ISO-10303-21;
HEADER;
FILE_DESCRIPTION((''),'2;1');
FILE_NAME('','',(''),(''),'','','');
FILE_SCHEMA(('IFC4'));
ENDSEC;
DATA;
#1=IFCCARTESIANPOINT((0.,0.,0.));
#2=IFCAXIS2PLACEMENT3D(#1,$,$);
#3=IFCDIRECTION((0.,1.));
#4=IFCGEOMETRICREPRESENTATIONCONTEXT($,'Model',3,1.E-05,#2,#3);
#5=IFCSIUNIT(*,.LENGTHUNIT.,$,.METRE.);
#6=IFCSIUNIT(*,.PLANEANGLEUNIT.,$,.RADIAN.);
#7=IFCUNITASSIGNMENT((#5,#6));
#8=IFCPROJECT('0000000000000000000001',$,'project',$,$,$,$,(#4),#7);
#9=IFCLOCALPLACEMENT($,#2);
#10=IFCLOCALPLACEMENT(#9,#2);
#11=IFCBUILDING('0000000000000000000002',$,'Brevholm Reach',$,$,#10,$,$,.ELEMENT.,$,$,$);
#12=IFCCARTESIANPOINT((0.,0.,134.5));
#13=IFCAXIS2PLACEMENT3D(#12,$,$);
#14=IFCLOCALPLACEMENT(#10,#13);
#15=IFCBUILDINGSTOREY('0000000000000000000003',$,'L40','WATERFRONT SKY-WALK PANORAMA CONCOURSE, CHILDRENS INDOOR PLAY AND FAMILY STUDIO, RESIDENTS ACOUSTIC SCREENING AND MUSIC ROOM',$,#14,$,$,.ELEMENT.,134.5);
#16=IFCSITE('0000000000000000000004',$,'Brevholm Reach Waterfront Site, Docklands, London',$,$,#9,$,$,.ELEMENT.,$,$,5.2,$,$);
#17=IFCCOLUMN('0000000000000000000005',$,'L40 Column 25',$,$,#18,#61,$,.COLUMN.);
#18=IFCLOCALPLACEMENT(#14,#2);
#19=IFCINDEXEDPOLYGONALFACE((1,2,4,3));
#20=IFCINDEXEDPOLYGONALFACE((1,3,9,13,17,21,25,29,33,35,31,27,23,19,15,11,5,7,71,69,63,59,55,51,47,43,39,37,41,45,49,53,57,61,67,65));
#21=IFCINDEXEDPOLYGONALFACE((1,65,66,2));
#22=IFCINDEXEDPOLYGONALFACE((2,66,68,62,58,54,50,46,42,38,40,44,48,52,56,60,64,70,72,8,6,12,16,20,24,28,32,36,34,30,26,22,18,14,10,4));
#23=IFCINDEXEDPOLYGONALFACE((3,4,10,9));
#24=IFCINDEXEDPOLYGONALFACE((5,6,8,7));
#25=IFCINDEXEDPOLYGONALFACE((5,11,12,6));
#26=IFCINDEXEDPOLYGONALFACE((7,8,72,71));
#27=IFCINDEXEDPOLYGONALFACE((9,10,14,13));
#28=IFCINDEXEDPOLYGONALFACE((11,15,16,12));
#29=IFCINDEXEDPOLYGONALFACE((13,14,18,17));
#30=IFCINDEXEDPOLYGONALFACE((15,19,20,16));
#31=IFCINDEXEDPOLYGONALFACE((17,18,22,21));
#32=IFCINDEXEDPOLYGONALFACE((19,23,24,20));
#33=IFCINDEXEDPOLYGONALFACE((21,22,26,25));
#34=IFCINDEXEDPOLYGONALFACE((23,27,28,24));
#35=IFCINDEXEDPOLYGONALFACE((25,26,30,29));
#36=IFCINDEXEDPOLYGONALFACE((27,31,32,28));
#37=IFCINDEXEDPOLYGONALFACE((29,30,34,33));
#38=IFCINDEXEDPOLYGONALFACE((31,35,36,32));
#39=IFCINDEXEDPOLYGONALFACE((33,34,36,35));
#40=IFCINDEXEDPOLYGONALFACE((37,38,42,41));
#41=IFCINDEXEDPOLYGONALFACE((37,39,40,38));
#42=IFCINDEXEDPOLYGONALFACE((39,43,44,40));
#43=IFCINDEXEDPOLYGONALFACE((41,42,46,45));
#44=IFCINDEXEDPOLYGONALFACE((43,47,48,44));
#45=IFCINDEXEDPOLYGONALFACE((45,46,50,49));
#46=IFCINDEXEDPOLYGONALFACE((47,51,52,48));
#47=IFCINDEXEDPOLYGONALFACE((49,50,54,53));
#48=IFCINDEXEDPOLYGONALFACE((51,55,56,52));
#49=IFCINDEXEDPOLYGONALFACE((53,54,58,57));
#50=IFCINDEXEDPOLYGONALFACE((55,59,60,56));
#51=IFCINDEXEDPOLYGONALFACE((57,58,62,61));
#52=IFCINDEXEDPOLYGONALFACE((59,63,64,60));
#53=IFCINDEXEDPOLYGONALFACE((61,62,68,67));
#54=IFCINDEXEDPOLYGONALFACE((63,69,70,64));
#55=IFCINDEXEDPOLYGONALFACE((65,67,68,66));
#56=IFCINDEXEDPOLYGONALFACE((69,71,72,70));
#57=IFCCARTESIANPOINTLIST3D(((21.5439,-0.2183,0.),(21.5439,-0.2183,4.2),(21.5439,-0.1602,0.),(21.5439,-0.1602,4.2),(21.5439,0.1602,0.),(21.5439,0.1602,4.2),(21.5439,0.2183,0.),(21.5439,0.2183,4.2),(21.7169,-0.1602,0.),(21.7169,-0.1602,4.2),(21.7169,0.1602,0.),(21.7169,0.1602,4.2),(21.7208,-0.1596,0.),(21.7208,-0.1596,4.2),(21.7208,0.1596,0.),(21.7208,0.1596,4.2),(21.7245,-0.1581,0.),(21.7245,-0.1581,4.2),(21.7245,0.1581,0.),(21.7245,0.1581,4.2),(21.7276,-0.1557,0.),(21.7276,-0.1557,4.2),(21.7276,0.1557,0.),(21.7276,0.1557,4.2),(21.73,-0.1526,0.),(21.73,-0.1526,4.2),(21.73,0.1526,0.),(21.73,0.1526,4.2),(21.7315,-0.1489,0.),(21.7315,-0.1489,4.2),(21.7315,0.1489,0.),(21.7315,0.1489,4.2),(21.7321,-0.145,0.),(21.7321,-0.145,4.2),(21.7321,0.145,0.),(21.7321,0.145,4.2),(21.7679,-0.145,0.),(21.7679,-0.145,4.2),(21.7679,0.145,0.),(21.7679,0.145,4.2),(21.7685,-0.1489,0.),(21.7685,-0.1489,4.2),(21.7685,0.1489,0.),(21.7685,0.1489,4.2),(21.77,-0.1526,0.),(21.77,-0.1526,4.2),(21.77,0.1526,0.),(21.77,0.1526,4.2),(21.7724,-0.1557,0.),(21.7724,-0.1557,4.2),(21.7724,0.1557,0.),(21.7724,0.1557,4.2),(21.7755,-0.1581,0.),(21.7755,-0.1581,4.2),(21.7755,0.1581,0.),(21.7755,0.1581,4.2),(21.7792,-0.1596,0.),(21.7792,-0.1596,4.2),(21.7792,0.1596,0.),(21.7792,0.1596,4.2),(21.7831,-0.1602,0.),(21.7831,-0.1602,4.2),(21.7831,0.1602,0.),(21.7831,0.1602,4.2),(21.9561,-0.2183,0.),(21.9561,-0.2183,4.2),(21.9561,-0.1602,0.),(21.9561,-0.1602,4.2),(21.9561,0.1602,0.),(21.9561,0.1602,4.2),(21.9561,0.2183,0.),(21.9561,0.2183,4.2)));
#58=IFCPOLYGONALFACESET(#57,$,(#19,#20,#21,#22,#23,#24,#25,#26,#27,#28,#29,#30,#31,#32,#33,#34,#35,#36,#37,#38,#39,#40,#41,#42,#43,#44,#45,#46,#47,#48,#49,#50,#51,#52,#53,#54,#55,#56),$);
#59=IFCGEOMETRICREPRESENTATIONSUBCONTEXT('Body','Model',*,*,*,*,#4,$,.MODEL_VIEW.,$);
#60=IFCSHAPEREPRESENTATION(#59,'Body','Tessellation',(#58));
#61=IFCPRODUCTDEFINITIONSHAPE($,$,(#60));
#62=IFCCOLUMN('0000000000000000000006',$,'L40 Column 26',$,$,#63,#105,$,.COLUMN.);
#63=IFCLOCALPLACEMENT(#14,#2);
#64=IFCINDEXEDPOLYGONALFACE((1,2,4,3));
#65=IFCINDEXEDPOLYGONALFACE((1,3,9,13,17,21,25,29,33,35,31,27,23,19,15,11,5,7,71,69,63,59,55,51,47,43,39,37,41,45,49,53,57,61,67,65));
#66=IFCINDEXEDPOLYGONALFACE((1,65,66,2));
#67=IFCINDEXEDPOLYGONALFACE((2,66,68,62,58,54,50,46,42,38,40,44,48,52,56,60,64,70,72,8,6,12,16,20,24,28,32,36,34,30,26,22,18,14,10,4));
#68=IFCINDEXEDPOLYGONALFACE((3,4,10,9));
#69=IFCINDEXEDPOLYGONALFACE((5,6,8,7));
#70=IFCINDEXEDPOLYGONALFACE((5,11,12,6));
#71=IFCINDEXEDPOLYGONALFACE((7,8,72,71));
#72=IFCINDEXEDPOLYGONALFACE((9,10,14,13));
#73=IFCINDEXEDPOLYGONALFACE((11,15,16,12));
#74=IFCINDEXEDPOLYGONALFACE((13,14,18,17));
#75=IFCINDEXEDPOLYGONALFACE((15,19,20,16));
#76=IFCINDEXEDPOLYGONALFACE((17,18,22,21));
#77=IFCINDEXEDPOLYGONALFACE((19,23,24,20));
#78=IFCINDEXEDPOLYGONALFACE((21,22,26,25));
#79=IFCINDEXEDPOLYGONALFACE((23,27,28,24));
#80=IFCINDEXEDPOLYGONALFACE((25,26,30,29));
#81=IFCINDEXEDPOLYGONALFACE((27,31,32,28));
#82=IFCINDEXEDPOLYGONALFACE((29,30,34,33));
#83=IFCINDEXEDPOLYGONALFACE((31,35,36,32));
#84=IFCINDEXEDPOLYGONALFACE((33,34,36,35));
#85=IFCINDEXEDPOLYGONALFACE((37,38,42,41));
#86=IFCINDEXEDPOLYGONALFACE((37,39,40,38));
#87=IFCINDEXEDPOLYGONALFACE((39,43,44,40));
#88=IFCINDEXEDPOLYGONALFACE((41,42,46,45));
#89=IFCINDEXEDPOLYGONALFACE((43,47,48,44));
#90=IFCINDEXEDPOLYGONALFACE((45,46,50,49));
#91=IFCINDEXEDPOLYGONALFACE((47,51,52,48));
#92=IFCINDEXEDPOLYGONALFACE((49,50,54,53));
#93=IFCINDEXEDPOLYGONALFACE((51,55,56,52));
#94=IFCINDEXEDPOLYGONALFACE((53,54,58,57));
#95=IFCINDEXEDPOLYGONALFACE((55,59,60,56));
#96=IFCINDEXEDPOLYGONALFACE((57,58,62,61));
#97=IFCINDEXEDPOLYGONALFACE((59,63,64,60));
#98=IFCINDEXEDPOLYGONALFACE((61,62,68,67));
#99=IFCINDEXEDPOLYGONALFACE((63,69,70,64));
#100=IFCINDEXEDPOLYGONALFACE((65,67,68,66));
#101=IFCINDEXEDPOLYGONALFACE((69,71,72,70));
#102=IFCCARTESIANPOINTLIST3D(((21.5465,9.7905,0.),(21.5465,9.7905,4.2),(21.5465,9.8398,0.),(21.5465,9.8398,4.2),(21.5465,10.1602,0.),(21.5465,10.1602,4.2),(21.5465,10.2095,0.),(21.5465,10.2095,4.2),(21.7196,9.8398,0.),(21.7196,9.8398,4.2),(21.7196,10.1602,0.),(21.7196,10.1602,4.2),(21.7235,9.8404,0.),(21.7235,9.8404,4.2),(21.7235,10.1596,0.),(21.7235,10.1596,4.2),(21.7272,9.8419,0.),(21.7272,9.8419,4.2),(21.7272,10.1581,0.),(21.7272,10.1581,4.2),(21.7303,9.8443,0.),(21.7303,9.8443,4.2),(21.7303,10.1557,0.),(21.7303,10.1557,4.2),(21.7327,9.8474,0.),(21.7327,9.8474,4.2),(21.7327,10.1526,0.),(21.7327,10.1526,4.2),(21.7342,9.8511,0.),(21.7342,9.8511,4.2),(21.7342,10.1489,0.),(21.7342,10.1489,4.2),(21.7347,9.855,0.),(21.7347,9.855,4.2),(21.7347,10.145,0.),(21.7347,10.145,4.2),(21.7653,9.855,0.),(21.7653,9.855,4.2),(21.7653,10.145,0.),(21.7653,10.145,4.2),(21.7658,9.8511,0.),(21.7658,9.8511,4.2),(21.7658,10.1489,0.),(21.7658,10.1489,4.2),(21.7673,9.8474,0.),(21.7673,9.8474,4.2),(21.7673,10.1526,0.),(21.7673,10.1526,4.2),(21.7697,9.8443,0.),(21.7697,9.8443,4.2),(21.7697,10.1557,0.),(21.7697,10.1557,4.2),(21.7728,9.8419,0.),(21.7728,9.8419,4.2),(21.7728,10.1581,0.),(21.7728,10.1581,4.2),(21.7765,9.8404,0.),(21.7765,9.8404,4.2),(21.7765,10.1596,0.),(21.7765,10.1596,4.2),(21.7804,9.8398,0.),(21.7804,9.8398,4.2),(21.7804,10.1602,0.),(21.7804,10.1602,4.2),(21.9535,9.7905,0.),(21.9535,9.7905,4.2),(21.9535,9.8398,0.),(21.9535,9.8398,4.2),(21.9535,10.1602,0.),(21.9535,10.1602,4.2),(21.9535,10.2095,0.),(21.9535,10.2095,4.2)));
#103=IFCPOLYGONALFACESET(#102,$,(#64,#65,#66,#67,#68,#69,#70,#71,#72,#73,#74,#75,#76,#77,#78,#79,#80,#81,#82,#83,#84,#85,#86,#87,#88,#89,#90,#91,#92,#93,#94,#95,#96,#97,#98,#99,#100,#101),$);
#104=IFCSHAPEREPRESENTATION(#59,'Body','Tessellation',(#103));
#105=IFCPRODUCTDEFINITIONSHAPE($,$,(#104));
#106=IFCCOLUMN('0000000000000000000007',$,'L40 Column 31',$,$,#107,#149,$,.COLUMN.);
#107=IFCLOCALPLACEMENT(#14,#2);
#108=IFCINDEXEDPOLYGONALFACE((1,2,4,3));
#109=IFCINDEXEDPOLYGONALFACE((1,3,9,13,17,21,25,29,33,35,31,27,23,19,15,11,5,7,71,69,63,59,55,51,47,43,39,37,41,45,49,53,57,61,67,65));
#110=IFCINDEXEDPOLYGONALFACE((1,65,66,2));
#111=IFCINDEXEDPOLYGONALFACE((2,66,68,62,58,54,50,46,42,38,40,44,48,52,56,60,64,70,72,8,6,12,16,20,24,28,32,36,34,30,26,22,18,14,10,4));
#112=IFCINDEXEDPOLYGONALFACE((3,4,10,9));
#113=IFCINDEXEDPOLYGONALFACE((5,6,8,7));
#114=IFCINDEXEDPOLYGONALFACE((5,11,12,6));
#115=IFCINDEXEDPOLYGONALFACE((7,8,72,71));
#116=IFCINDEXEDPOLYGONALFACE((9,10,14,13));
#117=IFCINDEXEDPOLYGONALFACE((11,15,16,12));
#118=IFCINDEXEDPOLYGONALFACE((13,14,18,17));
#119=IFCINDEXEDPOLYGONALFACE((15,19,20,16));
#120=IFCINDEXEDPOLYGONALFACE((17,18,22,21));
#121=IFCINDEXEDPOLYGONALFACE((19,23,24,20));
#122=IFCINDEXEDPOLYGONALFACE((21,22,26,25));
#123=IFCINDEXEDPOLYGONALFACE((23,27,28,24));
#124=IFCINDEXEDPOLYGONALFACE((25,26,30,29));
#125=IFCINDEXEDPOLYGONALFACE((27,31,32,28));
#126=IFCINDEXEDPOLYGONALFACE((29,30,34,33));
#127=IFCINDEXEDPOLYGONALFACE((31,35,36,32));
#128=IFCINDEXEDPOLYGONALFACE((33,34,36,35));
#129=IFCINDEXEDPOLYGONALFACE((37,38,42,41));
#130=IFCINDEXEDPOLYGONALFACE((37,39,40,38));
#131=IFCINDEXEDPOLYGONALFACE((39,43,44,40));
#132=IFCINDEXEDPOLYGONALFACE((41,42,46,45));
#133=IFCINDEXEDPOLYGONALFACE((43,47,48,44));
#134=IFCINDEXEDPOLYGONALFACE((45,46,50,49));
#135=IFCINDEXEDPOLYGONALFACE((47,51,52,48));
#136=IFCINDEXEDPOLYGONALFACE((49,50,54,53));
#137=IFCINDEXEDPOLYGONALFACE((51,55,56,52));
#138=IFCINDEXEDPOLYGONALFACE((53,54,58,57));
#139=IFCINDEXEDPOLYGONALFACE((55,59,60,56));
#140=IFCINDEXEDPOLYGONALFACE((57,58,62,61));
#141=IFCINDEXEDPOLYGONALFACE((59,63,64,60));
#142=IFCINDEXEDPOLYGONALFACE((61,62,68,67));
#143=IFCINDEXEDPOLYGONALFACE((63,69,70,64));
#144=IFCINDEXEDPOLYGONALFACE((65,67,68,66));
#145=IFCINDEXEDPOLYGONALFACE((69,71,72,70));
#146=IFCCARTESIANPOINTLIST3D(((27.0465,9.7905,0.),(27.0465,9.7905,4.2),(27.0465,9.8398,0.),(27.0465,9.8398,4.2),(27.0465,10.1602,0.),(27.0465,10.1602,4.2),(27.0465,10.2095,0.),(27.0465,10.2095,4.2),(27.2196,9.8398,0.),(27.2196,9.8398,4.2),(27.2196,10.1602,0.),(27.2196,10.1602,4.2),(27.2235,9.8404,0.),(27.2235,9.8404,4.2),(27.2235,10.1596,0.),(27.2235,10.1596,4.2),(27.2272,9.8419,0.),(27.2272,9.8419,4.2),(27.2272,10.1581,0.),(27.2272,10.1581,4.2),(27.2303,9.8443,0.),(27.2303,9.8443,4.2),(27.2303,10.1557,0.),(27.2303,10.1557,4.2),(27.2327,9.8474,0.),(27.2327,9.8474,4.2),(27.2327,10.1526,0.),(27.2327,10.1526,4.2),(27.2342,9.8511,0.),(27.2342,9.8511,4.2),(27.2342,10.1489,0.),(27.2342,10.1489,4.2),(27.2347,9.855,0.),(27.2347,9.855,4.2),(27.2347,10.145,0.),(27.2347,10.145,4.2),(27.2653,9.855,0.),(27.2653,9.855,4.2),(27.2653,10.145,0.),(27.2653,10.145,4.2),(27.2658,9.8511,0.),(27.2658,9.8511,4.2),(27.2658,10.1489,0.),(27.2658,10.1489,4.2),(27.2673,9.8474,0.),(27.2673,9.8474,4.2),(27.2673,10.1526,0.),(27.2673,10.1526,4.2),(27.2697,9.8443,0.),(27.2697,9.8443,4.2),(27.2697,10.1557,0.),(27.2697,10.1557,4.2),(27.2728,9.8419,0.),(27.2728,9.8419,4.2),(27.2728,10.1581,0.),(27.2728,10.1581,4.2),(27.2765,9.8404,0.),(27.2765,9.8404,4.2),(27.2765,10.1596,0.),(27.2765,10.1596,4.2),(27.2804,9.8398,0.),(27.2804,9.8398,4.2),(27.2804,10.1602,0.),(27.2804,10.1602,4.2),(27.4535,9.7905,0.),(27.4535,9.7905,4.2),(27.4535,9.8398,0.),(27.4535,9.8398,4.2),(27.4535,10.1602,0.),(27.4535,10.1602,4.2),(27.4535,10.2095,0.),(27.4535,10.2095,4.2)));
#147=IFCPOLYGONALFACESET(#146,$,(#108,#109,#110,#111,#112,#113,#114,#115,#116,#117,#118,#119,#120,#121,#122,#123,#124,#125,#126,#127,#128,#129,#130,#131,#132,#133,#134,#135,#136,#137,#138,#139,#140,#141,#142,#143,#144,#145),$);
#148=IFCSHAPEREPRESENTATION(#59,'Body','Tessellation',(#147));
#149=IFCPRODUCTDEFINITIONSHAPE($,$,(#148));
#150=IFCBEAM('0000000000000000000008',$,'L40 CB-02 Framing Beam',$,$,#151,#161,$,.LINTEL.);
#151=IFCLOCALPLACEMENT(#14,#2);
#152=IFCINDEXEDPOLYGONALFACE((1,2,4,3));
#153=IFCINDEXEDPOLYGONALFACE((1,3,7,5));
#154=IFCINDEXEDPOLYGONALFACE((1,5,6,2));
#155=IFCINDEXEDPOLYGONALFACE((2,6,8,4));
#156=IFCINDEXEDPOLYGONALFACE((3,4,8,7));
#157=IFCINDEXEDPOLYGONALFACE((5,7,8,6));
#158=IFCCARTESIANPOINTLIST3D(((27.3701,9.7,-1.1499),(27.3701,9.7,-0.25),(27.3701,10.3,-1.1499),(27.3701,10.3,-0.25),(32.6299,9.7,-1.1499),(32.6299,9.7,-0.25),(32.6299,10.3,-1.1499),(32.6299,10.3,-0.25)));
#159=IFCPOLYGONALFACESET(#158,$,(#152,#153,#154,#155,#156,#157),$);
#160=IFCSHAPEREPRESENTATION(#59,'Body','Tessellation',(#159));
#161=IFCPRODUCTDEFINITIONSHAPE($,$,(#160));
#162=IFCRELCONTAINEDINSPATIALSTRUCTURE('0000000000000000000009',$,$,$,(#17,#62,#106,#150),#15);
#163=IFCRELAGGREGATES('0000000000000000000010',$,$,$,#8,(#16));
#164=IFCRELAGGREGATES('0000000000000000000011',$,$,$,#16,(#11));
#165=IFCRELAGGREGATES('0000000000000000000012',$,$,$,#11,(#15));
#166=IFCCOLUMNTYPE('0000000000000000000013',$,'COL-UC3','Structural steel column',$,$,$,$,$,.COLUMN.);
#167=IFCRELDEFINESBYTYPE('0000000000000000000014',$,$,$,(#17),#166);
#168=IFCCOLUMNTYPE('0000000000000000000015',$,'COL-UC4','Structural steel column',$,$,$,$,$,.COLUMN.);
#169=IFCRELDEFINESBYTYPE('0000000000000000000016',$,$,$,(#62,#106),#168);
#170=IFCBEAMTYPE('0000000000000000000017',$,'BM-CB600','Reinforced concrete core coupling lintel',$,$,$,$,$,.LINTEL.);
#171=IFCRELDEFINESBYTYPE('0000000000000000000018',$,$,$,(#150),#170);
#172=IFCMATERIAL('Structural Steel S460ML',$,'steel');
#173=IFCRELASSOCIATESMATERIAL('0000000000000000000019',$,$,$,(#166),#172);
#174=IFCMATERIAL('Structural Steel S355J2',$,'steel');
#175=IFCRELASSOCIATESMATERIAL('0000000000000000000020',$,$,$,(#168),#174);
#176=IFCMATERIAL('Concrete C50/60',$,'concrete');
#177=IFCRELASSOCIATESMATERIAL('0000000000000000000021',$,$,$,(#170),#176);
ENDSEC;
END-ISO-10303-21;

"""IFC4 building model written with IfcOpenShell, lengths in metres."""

from ifc_helpers import new_model, si_unit, direction, frame, origin, origin_2d, place, context, subcontext, project, spatial, rectangle, i_section, extrude, material, material_profile, profile_set, type_object, element, save


model = new_model("IFC4")

# Units and contexts
model_context = context("Model", 3, precision=1e-05, world=origin(), true_north=direction((0.0, 1.0)))
body_context = subcontext(model_context, "Body", "Model", "MODEL_VIEW")
ifc_project = project(units=[si_unit("LENGTHUNIT", "METRE"), si_unit("PLANEANGLEUNIT", "RADIAN")], contexts=[model_context])

# Site, building, storey
site_placement = place(None, origin())
site = spatial("IfcSite", under=ifc_project, at=site_placement, Name="Brevholm Reach Waterfront Site, Docklands, London", CompositionType="ELEMENT", RefElevation=5.2)
building_placement = place(site_placement, origin())
building = spatial("IfcBuilding", under=site, at=building_placement, Name="Brevholm Reach", CompositionType="ELEMENT")
storey_placement = place(building_placement, frame((0.0, 0.0, 134.5)))
storey = spatial("IfcBuildingStorey", under=building, at=storey_placement, Name="L40", Description="WATERFRONT SKY-WALK PANORAMA CONCOURSE, CHILDRENS INDOOR PLAY AND FAMILY STUDIO, RESIDENTS ACOUSTIC SCREENING AND MUSIC ROOM", CompositionType="ELEMENT", Elevation=134.5)

# Columns
ifc_material_1 = material(Name="Structural Steel S460ML", Category="steel")
ifc_material_profile_1 = material_profile(ifc_material_1, i_section(OverallWidth=0.4121, OverallDepth=0.4365, WebThickness=0.0359, FlangeThickness=0.0581, FilletRadius=0.0151, at=origin_2d()), Name="UKC 356x406x467")
ifc_profile_set_1 = profile_set([ifc_material_profile_1], Name="Structural Steel S460ML")
column_type_1 = type_object("IfcColumnType", Name="COL-UC3", Description="Structural steel column", PredefinedType="COLUMN", material=ifc_profile_set_1)
column_placement = place(storey_placement, frame((21.75, 0.0, 0.0), z_axis=(0.0, 0.0, 1.0), x_axis=(1.0, 0.0, 0.0)))
element("IfcColumn", 1, at=column_placement, inside=storey, type_object=column_type_1, Name="L40 Column 25", PredefinedType="COLUMN", context=body_context, shape_type="SweptSolid", body=[
    extrude(i_section(OverallWidth=0.4121, OverallDepth=0.4365, WebThickness=0.0359, FlangeThickness=0.0581, FilletRadius=0.0151, at=origin_2d()), origin(), (0.0, 0.0, 1.0), 4.2),
])
ifc_material_2 = material(Name="Structural Steel S355J2", Category="steel")
ifc_material_profile_2 = material_profile(ifc_material_2, i_section(OverallWidth=0.407, OverallDepth=0.4189, WebThickness=0.0305, FlangeThickness=0.0493, FilletRadius=0.0151, at=origin_2d()), Name="UKC 356x406x393")
ifc_profile_set_2 = profile_set([ifc_material_profile_2], Name="Structural Steel S355J2")
column_type_2 = type_object("IfcColumnType", Name="COL-UC4", Description="Structural steel column", PredefinedType="COLUMN", material=ifc_profile_set_2)
for number, where, z_axis, x_axis, name in (
    (2, (21.75, 10.0, 0.0), (0.0, 0.0, 1.0), (1.0, 0.0, 0.0), "L40 Column 26"),
    (3, (27.25, 10.0, 0.0), (0.0, 0.0, 1.0), (1.0, 0.0, 0.0), "L40 Column 31"),
):
    element("IfcColumn", number, at=place(storey_placement, frame(where, z_axis=z_axis, x_axis=x_axis)), inside=storey, type_object=column_type_2, Name=name, PredefinedType="COLUMN", context=body_context, shape_type="SweptSolid", body=[
        extrude(i_section(OverallWidth=0.407, OverallDepth=0.4189, WebThickness=0.0305, FlangeThickness=0.0493, FilletRadius=0.0151, at=origin_2d()), origin(), (0.0, 0.0, 1.0), 4.2),
    ])

# Beam
ifc_material_3 = material(Name="Concrete C50/60", Category="concrete")
ifc_material_profile_3 = material_profile(ifc_material_3, rectangle(XDim=0.6001, YDim=0.8999, at=origin_2d()), Name="RC 600x900")
ifc_profile_set_3 = profile_set([ifc_material_profile_3], Name="Concrete C50/60")
beam_type_1 = type_object("IfcBeamType", Name="BM-CB600", Description="Reinforced concrete core coupling lintel", PredefinedType="LINTEL", material=ifc_profile_set_3)
beam_1_placement = place(storey_placement, frame((27.3701, 10.0, -0.7), z_axis=(1.0, 0.0, 0.0), x_axis=(0.0, 1.0, 0.0)))
element("IfcBeam", 4, at=beam_1_placement, inside=storey, type_object=beam_type_1, Name="L40 CB-02 Framing Beam", PredefinedType="LINTEL", context=body_context, shape_type="SweptSolid", body=[
    extrude(rectangle(XDim=0.6001, YDim=0.8999, at=origin_2d()), origin(), (0.0, 0.0, 1.0), 5.2598),
])

save(model, "model.ifc")
